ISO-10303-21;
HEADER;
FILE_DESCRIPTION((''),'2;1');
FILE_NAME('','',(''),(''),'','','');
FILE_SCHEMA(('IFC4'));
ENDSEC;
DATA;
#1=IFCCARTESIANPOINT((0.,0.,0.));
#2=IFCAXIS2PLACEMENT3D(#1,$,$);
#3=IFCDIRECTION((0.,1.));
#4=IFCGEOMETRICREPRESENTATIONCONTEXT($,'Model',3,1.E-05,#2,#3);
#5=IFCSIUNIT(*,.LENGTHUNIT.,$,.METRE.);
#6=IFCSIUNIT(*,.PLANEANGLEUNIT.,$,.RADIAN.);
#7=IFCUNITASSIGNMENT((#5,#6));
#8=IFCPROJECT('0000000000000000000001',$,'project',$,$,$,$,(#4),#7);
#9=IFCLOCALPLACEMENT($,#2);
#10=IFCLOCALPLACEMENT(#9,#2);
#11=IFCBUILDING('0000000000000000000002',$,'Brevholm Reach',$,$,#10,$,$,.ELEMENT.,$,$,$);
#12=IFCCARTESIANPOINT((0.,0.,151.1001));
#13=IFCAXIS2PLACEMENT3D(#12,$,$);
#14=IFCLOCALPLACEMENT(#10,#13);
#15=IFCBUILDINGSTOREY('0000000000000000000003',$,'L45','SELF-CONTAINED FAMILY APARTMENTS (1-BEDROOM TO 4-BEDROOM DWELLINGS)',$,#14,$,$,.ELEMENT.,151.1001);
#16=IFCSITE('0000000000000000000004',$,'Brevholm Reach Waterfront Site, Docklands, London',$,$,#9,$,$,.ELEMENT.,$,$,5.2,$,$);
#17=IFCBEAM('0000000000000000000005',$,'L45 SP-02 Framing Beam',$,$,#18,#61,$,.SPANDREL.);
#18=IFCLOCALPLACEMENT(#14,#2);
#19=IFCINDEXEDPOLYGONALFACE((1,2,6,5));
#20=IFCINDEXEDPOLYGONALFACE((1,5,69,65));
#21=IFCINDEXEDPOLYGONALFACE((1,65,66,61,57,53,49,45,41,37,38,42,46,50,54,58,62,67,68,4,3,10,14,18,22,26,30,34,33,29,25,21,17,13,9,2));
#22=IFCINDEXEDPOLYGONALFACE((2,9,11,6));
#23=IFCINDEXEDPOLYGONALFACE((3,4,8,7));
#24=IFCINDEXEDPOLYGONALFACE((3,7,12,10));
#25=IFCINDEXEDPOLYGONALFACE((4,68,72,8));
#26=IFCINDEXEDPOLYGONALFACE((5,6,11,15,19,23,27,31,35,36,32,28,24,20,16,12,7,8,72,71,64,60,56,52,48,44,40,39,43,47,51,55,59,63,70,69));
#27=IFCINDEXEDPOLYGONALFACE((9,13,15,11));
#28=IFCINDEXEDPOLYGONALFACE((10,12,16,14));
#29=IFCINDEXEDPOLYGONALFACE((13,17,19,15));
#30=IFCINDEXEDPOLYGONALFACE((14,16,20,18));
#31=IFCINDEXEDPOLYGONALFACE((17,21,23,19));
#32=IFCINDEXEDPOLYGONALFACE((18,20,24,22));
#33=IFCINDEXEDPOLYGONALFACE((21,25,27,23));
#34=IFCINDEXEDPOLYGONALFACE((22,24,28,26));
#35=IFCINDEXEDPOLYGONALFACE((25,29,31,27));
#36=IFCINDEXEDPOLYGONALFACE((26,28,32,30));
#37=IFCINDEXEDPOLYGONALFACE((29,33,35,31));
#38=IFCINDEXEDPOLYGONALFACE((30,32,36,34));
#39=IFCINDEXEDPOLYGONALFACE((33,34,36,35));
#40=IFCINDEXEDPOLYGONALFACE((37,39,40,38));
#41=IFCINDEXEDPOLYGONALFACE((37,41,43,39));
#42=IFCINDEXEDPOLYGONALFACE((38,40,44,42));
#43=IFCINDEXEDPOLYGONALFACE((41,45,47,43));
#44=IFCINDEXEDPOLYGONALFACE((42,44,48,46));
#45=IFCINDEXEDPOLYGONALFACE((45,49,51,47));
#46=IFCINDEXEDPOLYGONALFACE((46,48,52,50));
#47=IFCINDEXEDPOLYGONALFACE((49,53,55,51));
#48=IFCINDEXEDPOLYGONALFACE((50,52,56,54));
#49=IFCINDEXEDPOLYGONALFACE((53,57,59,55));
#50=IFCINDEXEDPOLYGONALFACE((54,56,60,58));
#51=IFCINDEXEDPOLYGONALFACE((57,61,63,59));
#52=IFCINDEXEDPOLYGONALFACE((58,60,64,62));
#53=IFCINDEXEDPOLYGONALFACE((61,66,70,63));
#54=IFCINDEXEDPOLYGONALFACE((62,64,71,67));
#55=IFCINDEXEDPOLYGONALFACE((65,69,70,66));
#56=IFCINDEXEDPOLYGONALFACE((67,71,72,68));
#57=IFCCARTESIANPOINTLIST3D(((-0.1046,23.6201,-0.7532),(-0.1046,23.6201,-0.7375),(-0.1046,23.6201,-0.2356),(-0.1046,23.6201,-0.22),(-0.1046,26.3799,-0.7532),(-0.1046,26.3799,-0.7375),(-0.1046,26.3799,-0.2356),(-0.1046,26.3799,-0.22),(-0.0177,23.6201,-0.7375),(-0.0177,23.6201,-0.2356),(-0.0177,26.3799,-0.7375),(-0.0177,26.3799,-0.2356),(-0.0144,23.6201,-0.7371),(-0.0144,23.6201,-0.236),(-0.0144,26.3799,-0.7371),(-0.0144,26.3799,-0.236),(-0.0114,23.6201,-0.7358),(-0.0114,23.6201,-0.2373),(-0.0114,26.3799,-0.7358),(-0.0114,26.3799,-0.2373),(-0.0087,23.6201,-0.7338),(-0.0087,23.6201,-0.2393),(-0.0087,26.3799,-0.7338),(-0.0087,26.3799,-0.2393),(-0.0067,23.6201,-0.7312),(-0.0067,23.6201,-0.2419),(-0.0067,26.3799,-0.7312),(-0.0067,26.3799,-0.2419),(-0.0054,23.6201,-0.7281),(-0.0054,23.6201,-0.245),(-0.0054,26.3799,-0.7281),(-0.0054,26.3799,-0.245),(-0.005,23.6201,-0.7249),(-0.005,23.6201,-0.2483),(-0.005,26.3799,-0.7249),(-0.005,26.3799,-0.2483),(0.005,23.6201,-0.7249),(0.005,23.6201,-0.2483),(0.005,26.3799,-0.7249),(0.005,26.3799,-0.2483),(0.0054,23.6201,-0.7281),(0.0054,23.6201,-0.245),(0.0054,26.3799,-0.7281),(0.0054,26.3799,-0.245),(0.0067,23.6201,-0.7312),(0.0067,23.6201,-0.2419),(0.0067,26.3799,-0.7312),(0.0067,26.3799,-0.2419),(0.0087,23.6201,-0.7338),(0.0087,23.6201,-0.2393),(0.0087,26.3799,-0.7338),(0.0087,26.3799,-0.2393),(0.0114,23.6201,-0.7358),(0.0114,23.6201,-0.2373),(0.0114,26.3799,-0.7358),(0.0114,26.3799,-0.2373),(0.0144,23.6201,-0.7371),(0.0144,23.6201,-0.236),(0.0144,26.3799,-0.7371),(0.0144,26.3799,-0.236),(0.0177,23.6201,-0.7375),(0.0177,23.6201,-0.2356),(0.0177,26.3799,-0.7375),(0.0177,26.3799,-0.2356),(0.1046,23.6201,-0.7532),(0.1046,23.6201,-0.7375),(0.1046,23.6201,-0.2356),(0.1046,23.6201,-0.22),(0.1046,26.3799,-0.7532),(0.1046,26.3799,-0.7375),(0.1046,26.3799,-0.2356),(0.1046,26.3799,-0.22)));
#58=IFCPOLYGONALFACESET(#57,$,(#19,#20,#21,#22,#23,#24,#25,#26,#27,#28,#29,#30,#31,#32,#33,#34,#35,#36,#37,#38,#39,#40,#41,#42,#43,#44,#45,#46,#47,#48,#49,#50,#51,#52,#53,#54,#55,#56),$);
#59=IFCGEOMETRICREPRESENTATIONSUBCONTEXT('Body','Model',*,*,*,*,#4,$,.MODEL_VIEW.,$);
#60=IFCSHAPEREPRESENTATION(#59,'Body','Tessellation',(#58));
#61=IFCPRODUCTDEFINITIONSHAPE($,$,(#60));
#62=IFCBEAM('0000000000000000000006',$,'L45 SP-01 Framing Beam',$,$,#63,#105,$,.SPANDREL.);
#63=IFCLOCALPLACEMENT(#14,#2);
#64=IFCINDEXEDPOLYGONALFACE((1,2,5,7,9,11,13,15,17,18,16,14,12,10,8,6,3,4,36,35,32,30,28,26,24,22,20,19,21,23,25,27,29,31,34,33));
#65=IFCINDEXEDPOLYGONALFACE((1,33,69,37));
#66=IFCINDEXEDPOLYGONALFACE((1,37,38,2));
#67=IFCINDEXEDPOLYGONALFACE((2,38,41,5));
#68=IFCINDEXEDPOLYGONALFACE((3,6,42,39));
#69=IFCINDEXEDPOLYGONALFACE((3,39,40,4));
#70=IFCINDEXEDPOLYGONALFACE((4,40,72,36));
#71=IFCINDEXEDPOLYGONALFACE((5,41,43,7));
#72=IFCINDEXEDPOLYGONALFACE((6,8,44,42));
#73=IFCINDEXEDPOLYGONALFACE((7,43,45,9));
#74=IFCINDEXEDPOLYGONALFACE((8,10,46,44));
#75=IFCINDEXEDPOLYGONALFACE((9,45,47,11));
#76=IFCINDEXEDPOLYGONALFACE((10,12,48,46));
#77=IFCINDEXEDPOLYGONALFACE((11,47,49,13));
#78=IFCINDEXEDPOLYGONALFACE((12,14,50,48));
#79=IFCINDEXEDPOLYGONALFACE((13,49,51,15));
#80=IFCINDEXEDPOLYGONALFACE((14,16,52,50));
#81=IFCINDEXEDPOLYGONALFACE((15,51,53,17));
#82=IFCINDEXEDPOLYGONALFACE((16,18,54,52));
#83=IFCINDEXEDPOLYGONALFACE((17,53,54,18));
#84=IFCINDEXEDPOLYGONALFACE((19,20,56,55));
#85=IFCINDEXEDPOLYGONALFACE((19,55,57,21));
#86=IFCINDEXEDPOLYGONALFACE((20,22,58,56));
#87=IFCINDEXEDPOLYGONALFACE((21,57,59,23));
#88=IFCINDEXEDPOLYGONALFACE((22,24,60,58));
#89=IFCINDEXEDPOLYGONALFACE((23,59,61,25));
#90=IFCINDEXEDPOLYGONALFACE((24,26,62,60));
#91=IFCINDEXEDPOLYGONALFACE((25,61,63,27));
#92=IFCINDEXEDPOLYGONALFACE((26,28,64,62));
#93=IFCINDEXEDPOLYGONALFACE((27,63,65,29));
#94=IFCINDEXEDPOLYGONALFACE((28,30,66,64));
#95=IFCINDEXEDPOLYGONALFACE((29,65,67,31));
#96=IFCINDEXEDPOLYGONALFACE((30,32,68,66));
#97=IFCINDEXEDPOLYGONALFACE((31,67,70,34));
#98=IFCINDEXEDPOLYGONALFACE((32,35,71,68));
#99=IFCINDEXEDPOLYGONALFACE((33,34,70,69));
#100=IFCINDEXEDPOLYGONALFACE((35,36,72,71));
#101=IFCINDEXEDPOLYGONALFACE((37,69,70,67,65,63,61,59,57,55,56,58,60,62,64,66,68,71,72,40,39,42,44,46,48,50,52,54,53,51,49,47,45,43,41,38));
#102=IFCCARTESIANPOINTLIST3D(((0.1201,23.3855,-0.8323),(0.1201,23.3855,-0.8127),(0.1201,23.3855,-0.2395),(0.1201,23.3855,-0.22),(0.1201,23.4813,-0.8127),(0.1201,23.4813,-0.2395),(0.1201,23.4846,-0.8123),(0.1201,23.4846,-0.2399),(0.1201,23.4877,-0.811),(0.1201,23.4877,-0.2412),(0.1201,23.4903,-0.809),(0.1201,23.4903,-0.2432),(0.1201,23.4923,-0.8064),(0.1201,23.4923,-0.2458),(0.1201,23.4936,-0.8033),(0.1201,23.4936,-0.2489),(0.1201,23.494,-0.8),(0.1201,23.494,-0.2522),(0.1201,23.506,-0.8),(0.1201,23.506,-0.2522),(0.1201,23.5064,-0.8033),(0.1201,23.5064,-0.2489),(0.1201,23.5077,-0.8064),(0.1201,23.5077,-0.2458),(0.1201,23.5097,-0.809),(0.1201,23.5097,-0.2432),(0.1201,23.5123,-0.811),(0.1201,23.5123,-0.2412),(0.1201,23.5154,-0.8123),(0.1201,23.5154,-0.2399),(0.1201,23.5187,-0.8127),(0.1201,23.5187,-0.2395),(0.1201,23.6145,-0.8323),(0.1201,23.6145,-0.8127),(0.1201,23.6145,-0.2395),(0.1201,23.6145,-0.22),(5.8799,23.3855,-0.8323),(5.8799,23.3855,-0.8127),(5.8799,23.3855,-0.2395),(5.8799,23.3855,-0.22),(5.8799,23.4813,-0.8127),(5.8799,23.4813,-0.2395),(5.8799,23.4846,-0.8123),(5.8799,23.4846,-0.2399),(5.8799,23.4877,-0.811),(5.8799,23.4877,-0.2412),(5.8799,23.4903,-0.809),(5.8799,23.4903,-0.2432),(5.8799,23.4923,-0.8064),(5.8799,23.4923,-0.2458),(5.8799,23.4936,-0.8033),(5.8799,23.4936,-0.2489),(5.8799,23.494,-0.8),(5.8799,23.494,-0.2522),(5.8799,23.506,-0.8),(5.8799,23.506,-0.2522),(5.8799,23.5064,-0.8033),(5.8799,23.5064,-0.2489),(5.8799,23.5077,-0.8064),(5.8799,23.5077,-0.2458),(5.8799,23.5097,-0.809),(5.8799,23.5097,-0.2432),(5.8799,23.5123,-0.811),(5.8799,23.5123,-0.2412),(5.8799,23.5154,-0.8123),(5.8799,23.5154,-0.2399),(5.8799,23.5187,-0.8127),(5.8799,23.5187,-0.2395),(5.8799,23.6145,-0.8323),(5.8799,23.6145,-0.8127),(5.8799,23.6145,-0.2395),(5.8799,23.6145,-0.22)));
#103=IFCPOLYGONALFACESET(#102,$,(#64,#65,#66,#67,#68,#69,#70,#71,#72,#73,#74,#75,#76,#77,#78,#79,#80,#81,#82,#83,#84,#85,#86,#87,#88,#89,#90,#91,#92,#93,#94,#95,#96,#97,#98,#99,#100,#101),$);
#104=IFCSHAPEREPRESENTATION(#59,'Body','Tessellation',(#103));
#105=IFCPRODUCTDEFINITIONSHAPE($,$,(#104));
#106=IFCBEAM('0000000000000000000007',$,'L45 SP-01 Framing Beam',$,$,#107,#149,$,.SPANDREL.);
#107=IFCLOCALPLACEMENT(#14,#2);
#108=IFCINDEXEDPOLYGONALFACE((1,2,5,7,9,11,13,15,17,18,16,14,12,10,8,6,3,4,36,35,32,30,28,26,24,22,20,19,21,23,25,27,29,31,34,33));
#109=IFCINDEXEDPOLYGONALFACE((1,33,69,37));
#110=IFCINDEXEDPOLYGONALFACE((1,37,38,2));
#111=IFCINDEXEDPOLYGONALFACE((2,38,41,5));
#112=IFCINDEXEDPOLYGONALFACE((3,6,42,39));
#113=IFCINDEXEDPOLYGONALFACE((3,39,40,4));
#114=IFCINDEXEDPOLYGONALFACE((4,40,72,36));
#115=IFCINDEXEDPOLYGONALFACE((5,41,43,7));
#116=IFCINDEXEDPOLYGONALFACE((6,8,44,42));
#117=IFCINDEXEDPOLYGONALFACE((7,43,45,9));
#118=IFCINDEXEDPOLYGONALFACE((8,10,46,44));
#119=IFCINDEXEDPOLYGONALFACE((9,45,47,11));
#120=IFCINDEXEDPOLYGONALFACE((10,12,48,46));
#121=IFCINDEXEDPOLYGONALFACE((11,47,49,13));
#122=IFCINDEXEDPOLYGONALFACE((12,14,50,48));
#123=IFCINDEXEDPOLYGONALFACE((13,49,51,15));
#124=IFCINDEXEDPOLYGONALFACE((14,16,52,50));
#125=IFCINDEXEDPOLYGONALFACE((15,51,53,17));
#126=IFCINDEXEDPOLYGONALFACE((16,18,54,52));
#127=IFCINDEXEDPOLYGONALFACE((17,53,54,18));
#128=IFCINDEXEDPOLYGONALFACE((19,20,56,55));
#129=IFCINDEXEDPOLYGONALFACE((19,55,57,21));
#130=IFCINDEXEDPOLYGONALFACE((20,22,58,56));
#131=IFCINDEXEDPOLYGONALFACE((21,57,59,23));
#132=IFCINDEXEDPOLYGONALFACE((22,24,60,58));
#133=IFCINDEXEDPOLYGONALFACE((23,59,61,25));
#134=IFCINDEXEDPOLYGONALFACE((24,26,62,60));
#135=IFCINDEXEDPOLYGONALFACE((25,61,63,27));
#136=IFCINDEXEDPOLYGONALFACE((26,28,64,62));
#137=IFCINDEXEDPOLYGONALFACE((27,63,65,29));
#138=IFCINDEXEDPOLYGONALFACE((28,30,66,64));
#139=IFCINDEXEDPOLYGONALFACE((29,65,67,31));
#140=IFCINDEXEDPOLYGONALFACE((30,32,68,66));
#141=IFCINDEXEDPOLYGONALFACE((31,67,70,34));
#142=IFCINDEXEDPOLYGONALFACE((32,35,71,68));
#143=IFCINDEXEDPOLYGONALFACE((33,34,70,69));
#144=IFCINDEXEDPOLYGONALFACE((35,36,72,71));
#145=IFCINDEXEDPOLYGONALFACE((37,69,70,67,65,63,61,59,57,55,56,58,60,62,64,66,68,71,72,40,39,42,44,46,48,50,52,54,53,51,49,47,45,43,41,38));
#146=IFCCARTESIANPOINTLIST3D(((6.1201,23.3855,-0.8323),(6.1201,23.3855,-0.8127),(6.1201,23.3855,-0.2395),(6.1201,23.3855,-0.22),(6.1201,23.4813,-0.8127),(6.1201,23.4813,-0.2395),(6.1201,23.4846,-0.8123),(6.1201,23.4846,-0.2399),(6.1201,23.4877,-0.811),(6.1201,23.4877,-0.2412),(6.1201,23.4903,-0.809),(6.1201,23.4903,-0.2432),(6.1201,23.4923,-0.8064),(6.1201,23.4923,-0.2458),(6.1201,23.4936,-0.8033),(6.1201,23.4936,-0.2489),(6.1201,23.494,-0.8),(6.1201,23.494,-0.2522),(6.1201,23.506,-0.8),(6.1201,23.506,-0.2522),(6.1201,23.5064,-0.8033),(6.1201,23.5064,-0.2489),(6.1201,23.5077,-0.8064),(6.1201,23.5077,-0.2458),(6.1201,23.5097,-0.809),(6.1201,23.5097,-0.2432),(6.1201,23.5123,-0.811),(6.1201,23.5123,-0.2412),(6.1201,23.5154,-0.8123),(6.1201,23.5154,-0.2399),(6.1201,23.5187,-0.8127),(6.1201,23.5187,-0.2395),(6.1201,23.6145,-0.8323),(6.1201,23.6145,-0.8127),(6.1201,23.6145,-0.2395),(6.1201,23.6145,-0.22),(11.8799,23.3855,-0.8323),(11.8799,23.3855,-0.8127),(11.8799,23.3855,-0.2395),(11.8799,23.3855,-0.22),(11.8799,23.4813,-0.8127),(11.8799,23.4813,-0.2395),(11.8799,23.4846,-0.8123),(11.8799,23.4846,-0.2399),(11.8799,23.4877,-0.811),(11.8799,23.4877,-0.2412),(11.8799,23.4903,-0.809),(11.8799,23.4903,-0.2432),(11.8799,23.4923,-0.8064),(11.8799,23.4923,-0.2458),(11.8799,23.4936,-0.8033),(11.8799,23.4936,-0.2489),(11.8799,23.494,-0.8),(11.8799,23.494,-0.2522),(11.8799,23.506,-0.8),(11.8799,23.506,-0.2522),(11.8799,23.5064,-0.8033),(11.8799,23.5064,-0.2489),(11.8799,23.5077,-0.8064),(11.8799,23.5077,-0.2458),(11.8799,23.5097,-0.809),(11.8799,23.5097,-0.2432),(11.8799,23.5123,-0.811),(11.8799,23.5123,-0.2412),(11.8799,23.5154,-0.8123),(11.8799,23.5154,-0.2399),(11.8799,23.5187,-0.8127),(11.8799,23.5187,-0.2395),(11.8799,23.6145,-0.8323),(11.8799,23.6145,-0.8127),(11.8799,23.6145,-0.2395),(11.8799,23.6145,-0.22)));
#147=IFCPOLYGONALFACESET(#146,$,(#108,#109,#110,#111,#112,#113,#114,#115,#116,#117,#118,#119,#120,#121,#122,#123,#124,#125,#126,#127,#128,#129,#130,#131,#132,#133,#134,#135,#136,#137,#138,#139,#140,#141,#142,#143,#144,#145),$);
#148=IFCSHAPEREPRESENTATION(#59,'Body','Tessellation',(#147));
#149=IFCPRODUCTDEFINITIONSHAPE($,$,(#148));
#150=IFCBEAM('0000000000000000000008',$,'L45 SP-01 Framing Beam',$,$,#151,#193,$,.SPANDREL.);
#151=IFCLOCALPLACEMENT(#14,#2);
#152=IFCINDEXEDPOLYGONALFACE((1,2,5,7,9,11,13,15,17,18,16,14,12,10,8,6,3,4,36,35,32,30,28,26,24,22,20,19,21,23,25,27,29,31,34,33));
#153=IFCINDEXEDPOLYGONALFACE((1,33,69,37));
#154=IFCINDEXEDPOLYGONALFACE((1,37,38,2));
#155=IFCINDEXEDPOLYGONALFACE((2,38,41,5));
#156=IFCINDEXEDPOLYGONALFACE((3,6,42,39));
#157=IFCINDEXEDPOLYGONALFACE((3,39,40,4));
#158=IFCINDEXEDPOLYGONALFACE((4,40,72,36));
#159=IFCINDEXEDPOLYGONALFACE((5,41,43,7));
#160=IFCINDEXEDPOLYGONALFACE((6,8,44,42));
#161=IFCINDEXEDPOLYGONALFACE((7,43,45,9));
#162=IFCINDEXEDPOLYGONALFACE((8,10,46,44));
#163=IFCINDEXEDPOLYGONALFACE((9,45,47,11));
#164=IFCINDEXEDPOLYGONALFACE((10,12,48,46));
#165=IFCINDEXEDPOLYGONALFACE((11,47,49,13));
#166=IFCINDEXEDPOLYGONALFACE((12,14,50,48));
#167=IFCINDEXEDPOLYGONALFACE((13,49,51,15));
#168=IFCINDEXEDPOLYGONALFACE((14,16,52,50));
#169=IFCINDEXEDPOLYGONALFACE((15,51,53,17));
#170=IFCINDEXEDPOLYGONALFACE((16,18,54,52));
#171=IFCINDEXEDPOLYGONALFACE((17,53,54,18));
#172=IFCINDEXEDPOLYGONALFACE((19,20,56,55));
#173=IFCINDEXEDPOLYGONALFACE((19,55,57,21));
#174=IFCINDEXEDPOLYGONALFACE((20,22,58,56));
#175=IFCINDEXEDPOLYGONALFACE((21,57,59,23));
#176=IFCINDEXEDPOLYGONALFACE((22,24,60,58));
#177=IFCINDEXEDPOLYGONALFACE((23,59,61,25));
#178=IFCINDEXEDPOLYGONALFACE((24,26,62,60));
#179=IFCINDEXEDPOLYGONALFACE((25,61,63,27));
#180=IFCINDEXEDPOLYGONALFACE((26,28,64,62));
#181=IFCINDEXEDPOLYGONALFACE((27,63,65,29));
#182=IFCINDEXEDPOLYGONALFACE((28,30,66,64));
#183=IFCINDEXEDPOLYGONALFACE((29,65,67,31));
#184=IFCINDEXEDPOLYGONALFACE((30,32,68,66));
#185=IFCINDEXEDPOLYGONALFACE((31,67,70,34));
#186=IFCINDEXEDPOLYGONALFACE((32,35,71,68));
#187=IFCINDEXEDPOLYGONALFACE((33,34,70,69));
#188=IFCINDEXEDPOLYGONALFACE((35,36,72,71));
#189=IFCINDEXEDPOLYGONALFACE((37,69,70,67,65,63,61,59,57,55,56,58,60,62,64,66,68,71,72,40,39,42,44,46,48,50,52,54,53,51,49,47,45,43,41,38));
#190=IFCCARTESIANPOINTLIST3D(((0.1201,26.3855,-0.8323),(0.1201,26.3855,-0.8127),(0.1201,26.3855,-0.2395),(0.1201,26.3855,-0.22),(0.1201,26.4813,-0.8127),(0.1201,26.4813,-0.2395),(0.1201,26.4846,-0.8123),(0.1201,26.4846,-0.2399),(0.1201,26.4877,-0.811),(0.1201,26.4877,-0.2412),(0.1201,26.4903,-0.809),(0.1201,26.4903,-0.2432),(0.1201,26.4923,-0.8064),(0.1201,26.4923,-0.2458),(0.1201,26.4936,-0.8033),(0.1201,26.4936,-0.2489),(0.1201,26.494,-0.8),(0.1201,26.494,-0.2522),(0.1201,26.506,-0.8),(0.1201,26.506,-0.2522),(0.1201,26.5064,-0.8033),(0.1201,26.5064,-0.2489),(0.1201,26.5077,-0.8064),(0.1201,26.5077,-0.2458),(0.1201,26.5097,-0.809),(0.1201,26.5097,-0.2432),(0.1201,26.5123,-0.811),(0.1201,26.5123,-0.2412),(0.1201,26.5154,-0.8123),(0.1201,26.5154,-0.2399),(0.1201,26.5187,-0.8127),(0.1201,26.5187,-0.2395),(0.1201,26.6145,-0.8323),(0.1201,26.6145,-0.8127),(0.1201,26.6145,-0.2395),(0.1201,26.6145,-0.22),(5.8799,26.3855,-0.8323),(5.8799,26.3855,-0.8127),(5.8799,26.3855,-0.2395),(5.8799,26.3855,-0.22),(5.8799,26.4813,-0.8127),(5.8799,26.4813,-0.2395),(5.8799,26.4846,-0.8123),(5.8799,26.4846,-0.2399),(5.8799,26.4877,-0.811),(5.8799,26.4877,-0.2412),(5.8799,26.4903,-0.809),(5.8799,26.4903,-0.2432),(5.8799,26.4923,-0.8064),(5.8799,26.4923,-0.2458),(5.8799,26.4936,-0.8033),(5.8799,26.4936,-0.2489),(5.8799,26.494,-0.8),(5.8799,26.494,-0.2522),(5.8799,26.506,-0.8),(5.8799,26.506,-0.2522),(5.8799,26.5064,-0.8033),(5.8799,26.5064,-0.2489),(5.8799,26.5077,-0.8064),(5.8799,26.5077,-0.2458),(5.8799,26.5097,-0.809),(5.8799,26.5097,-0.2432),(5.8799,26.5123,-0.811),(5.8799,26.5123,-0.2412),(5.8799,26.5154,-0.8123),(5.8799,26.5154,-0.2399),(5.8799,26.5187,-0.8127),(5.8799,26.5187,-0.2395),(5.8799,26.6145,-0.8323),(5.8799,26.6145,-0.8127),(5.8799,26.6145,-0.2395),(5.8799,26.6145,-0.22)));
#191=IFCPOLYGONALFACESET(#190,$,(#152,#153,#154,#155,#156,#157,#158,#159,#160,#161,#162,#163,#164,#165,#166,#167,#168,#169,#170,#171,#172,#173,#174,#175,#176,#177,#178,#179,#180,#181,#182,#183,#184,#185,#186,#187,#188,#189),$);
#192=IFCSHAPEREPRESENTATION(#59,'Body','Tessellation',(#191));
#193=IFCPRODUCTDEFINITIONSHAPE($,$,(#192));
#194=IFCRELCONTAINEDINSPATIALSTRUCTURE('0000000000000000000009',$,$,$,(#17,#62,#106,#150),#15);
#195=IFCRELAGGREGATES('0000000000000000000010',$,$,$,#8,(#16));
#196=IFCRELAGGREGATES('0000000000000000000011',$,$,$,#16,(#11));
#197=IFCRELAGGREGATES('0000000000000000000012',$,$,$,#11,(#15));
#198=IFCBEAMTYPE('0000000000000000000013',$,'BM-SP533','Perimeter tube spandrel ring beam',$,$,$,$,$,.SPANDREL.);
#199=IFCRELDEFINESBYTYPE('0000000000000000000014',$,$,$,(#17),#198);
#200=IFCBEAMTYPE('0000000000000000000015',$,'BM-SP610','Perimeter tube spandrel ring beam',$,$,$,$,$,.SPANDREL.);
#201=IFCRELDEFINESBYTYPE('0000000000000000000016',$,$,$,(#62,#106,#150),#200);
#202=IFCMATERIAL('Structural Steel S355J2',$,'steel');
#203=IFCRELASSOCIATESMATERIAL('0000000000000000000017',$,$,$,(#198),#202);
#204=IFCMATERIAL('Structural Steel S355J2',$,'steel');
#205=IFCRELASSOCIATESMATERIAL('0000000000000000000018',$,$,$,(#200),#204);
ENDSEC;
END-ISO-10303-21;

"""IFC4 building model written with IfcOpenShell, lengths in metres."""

from ifc_helpers import new_model, si_unit, direction, frame, origin, origin_2d, place, context, subcontext, project, spatial, i_section, extrude, material, material_profile, profile_set, type_object, element, save


model = new_model("IFC4")

# Units and contexts
model_context = context("Model", 3, precision=1e-05, world=origin(), true_north=direction((0.0, 1.0)))
body_context = subcontext(model_context, "Body", "Model", "MODEL_VIEW")
ifc_project = project(units=[si_unit("LENGTHUNIT", "METRE"), si_unit("PLANEANGLEUNIT", "RADIAN")], contexts=[model_context])

# Site, building, storey
site_placement = place(None, origin())
site = spatial("IfcSite", under=ifc_project, at=site_placement, Name="Brevholm Reach Waterfront Site, Docklands, London", CompositionType="ELEMENT", RefElevation=5.2)
building_placement = place(site_placement, origin())
building = spatial("IfcBuilding", under=site, at=building_placement, Name="Brevholm Reach", CompositionType="ELEMENT")
storey_placement = place(building_placement, frame((0.0, 0.0, 151.1001)))
storey = spatial("IfcBuildingStorey", under=building, at=storey_placement, Name="L45", Description="SELF-CONTAINED FAMILY APARTMENTS (1-BEDROOM TO 4-BEDROOM DWELLINGS)", CompositionType="ELEMENT", Elevation=151.1001)

# Beams
ifc_material_1 = material(Name="Structural Steel S355J2", Category="steel")
ifc_material_profile_1 = material_profile(ifc_material_1, i_section(OverallWidth=0.2092, OverallDepth=0.5332, WebThickness=0.01, FlangeThickness=0.0156, FilletRadius=0.0127, at=origin_2d()), Name="UKB 533x210x92")
ifc_profile_set_1 = profile_set([ifc_material_profile_1], Name="Structural Steel S355J2")
beam_type_1 = type_object("IfcBeamType", Name="BM-SP533", Description="Perimeter tube spandrel ring beam", PredefinedType="SPANDREL", material=ifc_profile_set_1)
beam_1_placement = place(storey_placement, frame((0.0, 23.6201, -0.4866), z_axis=(0.0, 1.0, 0.0), x_axis=(-1.0, 0.0, 0.0)))
element("IfcBeam", 1, at=beam_1_placement, inside=storey, type_object=beam_type_1, Name="L45 SP-02 Framing Beam", PredefinedType="SPANDREL", context=body_context, shape_type="SweptSolid", body=[
    extrude(i_section(OverallWidth=0.2092, OverallDepth=0.5332, WebThickness=0.01, FlangeThickness=0.0156, FilletRadius=0.0127, at=origin_2d()), origin(), (0.0, 0.0, 1.0), 2.7598),
])
ifc_material_2 = material(Name="Structural Steel S355J2", Category="steel")
ifc_material_profile_2 = material_profile(ifc_material_2, i_section(OverallWidth=0.229, OverallDepth=0.6123, WebThickness=0.012, FlangeThickness=0.0195, FilletRadius=0.0127, at=origin_2d()), Name="UKB 610x229x125")
ifc_profile_set_2 = profile_set([ifc_material_profile_2], Name="Structural Steel S355J2")
beam_type_2 = type_object("IfcBeamType", Name="BM-SP610", Description="Perimeter tube spandrel ring beam", PredefinedType="SPANDREL", material=ifc_profile_set_2)
for number, where, z_axis, x_axis, name in (
    (2, (0.1201, 23.5, -0.5261), (1.0, 0.0, 0.0), (0.0, 1.0, 0.0), "L45 SP-01 Framing Beam"),
    (3, (6.1201, 23.5, -0.5261), (1.0, 0.0, 0.0), (0.0, 1.0, 0.0), "L45 SP-01 Framing Beam"),
    (4, (0.1201, 26.5, -0.5261), (1.0, 0.0, 0.0), (0.0, 1.0, 0.0), "L45 SP-01 Framing Beam"),
):
    element("IfcBeam", number, at=place(storey_placement, frame(where, z_axis=z_axis, x_axis=x_axis)), inside=storey, type_object=beam_type_2, Name=name, PredefinedType="SPANDREL", context=body_context, shape_type="SweptSolid", body=[
        extrude(i_section(OverallWidth=0.229, OverallDepth=0.6123, WebThickness=0.012, FlangeThickness=0.0195, FilletRadius=0.0127, at=origin_2d()), origin(), (0.0, 0.0, 1.0), 5.7598),
    ])

save(model, "model.ifc")
